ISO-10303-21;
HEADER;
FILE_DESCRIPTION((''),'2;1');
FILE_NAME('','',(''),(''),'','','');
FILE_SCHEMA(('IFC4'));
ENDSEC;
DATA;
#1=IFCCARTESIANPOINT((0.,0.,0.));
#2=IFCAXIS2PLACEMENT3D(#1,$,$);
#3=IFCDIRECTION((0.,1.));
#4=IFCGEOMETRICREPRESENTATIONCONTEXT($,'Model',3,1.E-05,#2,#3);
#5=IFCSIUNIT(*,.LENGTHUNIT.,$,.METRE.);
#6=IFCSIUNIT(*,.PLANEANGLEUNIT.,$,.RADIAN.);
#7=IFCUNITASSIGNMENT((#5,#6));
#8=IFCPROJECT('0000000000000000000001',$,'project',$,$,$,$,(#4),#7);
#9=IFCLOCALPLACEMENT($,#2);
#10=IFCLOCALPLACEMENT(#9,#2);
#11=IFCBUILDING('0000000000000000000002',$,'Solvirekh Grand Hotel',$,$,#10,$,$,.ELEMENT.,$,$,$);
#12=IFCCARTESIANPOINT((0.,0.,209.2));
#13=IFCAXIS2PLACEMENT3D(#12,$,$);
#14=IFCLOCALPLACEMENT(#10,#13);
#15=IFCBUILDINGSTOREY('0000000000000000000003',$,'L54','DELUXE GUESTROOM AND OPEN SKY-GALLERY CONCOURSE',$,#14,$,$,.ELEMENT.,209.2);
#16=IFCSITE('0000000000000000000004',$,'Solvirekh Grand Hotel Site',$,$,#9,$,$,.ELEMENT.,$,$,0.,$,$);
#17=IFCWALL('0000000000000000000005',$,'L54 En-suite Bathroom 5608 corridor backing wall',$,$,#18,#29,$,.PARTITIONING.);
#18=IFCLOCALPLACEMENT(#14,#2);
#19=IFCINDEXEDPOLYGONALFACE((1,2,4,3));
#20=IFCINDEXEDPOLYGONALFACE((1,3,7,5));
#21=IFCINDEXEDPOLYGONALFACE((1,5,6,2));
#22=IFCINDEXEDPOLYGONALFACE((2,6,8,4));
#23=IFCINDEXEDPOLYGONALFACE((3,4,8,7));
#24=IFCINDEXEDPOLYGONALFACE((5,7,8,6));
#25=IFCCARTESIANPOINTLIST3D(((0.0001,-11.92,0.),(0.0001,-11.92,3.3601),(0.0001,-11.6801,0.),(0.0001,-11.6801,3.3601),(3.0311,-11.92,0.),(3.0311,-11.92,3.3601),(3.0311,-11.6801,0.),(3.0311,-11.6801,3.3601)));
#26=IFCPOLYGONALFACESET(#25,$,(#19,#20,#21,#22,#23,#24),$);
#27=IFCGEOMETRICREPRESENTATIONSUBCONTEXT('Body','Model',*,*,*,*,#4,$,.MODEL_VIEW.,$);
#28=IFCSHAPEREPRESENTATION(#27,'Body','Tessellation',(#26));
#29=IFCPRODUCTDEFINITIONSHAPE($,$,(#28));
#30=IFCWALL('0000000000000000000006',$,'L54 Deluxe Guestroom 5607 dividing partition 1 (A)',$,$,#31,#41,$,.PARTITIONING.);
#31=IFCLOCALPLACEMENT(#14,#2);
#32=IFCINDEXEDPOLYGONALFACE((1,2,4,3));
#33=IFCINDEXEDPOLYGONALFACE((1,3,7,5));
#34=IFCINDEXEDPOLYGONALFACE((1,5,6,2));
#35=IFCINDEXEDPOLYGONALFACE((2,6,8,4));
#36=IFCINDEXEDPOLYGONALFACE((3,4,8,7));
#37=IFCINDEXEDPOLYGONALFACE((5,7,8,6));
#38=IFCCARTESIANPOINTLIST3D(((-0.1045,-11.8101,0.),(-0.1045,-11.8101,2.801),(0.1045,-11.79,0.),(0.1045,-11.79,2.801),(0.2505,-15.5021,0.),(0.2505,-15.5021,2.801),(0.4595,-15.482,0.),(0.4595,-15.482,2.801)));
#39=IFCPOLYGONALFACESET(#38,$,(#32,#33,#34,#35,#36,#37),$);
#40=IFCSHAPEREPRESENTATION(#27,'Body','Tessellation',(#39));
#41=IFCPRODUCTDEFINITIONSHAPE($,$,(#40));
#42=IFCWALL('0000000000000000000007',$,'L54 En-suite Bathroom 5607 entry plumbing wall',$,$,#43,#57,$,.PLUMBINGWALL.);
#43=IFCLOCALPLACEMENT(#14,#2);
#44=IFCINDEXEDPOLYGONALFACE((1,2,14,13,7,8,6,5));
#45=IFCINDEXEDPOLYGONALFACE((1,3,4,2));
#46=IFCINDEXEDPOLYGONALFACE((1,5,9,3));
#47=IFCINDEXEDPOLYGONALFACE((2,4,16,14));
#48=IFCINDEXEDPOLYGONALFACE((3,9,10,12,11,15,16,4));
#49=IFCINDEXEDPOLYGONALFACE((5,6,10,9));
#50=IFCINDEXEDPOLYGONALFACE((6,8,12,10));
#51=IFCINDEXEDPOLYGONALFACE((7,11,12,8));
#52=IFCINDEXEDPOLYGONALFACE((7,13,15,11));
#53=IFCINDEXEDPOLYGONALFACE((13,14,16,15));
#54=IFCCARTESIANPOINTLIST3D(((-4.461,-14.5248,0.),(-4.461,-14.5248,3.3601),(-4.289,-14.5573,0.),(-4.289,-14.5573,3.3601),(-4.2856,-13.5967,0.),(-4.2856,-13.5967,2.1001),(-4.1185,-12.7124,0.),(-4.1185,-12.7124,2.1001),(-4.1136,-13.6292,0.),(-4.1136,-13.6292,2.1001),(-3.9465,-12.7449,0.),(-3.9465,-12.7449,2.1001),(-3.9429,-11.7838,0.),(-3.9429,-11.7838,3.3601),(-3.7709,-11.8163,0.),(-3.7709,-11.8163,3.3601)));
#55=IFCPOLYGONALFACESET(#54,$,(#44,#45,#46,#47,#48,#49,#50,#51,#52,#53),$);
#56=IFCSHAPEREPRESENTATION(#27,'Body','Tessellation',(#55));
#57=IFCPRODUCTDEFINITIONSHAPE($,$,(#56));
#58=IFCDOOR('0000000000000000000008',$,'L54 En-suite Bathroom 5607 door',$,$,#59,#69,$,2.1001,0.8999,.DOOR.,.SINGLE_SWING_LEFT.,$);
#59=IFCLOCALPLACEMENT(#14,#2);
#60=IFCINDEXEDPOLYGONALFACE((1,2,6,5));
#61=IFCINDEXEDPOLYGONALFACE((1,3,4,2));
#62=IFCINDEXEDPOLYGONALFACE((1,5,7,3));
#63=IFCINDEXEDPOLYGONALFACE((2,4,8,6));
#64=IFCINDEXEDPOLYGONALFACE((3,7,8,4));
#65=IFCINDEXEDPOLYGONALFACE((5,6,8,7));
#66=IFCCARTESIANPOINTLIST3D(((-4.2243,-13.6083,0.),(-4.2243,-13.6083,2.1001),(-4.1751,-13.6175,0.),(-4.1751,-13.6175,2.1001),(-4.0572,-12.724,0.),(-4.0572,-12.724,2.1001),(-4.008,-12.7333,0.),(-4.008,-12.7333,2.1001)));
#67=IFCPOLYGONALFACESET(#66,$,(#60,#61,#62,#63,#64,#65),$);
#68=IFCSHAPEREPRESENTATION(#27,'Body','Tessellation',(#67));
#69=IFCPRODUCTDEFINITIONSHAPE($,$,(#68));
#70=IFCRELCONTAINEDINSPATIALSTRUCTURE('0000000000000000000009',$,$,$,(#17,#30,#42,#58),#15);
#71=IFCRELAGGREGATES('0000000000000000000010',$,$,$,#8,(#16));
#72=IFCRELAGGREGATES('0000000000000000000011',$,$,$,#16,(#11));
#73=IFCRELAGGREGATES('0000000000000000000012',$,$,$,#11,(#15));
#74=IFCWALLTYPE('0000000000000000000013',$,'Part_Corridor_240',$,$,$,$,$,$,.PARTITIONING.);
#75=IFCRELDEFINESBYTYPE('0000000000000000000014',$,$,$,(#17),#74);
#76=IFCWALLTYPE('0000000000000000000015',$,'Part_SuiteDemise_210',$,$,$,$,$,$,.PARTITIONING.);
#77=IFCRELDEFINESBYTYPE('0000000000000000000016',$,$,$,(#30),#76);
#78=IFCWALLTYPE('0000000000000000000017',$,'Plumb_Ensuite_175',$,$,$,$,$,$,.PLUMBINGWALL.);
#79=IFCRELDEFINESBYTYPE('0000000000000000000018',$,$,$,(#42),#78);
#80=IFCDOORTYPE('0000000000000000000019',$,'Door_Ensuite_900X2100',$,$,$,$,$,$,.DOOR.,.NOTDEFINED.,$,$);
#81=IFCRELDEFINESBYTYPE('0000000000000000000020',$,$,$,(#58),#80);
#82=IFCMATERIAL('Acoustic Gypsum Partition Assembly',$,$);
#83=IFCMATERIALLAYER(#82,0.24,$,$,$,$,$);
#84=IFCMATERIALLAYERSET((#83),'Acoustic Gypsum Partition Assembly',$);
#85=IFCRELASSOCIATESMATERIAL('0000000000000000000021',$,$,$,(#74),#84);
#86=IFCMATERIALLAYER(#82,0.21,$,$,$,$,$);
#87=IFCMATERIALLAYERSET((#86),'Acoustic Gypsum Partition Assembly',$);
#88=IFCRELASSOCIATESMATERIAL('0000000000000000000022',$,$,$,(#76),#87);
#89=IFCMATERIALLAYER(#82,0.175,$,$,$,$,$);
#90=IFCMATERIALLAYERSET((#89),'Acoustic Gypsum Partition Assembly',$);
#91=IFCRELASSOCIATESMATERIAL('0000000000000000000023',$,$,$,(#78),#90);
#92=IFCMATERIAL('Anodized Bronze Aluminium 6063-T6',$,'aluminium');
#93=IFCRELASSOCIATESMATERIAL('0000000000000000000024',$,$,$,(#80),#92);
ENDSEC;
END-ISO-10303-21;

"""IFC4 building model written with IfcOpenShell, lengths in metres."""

from ifc_helpers import new_model, si_unit, direction, frame, frame_2d, origin, place, context, subcontext, project, spatial, rectangle, extrude, material, layer, layer_set, type_object, element, fill, save


model = new_model("IFC4")

# Units and contexts
model_context = context("Model", 3, precision=1e-05, world=origin(), true_north=direction((0.0, 1.0)))
body_context = subcontext(model_context, "Body", "Model", "MODEL_VIEW")
ifc_project = project(units=[si_unit("LENGTHUNIT", "METRE"), si_unit("PLANEANGLEUNIT", "RADIAN")], contexts=[model_context])

# Site, building, storey
site_placement = place(None, origin())
site = spatial("IfcSite", under=ifc_project, at=site_placement, Name="Solvirekh Grand Hotel Site", CompositionType="ELEMENT", RefElevation=0.0)
building_placement = place(site_placement, origin())
building = spatial("IfcBuilding", under=site, at=building_placement, Name="Solvirekh Grand Hotel", CompositionType="ELEMENT")
storey_placement = place(building_placement, frame((0.0, 0.0, 209.2)))
storey = spatial("IfcBuildingStorey", under=building, at=storey_placement, Name="L54", Description="DELUXE GUESTROOM AND OPEN SKY-GALLERY CONCOURSE", CompositionType="ELEMENT", Elevation=209.2)

# Shared definitions
ifc_material_1 = material(Name="Anodized Bronze Aluminium 6063-T6", Category="aluminium")

# Shared definitions
ifc_material_2 = material(Name="Acoustic Gypsum Partition Assembly")
ifc_layer_1 = layer(ifc_material_2, 0.24)
ifc_layer_set_1 = layer_set([ifc_layer_1], Name="Acoustic Gypsum Partition Assembly")
wall_type_1 = type_object("IfcWallType", Name="Part_Corridor_240", PredefinedType="PARTITIONING", material=ifc_layer_set_1)

# Walls
wall_1_placement = place(storey_placement, frame((0.0, -11.8, 0.0), z_axis=(0.0, 0.0, 1.0), x_axis=(1.0, 0.0, 0.0)))
element("IfcWall", 1, at=wall_1_placement, inside=storey, type_object=wall_type_1, Name="L54 En-suite Bathroom 5608 corridor backing wall", PredefinedType="PARTITIONING", context=body_context, shape_type="SweptSolid", body=[
    extrude(rectangle(XDim=3.031, YDim=0.24, at=frame_2d((1.5156, 0.0))), origin(), (0.0, 0.0, 1.0), 3.3601),
])
ifc_layer_2 = layer(ifc_material_2, 0.21)
ifc_layer_set_2 = layer_set([ifc_layer_2], Name="Acoustic Gypsum Partition Assembly")
wall_type_2 = type_object("IfcWallType", Name="Part_SuiteDemise_210", PredefinedType="PARTITIONING", material=ifc_layer_set_2)
wall_2_placement = place(storey_placement, frame((0.0, -11.8, 0.0), z_axis=(0.0, 0.0, 1.0), x_axis=(0.09571, -0.995409, 0.0)))
element("IfcWall", 2, at=wall_2_placement, inside=storey, type_object=wall_type_2, Name="L54 Deluxe Guestroom 5607 dividing partition 1 (A)", PredefinedType="PARTITIONING", context=body_context, shape_type="SweptSolid", body=[
    extrude(rectangle(XDim=3.709, YDim=0.21, at=frame_2d((1.8545, 0.0))), origin(), (0.0, 0.0, 1.0), 2.801),
])

# Wall, opening, door
ifc_layer_3 = layer(ifc_material_2, 0.175)
ifc_layer_set_3 = layer_set([ifc_layer_3], Name="Acoustic Gypsum Partition Assembly")
wall_type_3 = type_object("IfcWallType", Name="Plumb_Ensuite_175", PredefinedType="PLUMBINGWALL", material=ifc_layer_set_3)
wall_3_placement = place(storey_placement, frame((-3.8569, -11.8, 0.0), z_axis=(0.0, 0.0, 1.0), x_axis=(-0.18572, -0.982603, 0.0)))
wall_3 = element("IfcWall", 3, at=wall_3_placement, inside=storey, type_object=wall_type_3, Name="L54 En-suite Bathroom 5607 entry plumbing wall", PredefinedType="PLUMBINGWALL", context=body_context, shape_type="SweptSolid", body=[
    extrude(rectangle(XDim=2.7896, YDim=0.175, at=frame_2d((1.3948, 0.0))), origin(), (0.0, 0.0, 1.0), 3.3601),
])
opening_1_placement = place(wall_3_placement, frame((0.9451, 0.0, 0.0)))
opening_1 = element("IfcOpeningElement", 4, at=opening_1_placement, cuts=wall_3, PredefinedType="OPENING", context=body_context, shape_type="SweptSolid", body=[
    extrude(rectangle(XDim=0.8999, YDim=2.1001, at=frame_2d((0.45, 1.05))), frame((0.0, 0.0977, 0.0), z_axis=(0.0, -1.0, 0.0), x_axis=(1.0, 0.0, 0.0)), (0.0, 0.0, 1.0), 0.1951),
])
door_type_1 = type_object("IfcDoorType", Name="Door_Ensuite_900X2100", OperationType="NOTDEFINED", PredefinedType="DOOR", material=ifc_material_1)
door_1_placement = place(opening_1_placement, origin())
door_1 = element("IfcDoor", 5, at=door_1_placement, inside=storey, type_object=door_type_1, Name="L54 En-suite Bathroom 5607 door", OperationType="SINGLE_SWING_LEFT", OverallHeight=2.1001, OverallWidth=0.8999, PredefinedType="DOOR", context=body_context, shape_type="SweptSolid", body=[
    extrude(rectangle(XDim=0.8999, YDim=2.1001, at=frame_2d((0.45, 1.05))), frame((0.0, 0.0249, 0.0), z_axis=(0.0, -1.0, 0.0), x_axis=(1.0, 0.0, 0.0)), (0.0, 0.0, 1.0), 0.05),
])
fill(opening_1, door_1)

save(model, "model.ifc")
